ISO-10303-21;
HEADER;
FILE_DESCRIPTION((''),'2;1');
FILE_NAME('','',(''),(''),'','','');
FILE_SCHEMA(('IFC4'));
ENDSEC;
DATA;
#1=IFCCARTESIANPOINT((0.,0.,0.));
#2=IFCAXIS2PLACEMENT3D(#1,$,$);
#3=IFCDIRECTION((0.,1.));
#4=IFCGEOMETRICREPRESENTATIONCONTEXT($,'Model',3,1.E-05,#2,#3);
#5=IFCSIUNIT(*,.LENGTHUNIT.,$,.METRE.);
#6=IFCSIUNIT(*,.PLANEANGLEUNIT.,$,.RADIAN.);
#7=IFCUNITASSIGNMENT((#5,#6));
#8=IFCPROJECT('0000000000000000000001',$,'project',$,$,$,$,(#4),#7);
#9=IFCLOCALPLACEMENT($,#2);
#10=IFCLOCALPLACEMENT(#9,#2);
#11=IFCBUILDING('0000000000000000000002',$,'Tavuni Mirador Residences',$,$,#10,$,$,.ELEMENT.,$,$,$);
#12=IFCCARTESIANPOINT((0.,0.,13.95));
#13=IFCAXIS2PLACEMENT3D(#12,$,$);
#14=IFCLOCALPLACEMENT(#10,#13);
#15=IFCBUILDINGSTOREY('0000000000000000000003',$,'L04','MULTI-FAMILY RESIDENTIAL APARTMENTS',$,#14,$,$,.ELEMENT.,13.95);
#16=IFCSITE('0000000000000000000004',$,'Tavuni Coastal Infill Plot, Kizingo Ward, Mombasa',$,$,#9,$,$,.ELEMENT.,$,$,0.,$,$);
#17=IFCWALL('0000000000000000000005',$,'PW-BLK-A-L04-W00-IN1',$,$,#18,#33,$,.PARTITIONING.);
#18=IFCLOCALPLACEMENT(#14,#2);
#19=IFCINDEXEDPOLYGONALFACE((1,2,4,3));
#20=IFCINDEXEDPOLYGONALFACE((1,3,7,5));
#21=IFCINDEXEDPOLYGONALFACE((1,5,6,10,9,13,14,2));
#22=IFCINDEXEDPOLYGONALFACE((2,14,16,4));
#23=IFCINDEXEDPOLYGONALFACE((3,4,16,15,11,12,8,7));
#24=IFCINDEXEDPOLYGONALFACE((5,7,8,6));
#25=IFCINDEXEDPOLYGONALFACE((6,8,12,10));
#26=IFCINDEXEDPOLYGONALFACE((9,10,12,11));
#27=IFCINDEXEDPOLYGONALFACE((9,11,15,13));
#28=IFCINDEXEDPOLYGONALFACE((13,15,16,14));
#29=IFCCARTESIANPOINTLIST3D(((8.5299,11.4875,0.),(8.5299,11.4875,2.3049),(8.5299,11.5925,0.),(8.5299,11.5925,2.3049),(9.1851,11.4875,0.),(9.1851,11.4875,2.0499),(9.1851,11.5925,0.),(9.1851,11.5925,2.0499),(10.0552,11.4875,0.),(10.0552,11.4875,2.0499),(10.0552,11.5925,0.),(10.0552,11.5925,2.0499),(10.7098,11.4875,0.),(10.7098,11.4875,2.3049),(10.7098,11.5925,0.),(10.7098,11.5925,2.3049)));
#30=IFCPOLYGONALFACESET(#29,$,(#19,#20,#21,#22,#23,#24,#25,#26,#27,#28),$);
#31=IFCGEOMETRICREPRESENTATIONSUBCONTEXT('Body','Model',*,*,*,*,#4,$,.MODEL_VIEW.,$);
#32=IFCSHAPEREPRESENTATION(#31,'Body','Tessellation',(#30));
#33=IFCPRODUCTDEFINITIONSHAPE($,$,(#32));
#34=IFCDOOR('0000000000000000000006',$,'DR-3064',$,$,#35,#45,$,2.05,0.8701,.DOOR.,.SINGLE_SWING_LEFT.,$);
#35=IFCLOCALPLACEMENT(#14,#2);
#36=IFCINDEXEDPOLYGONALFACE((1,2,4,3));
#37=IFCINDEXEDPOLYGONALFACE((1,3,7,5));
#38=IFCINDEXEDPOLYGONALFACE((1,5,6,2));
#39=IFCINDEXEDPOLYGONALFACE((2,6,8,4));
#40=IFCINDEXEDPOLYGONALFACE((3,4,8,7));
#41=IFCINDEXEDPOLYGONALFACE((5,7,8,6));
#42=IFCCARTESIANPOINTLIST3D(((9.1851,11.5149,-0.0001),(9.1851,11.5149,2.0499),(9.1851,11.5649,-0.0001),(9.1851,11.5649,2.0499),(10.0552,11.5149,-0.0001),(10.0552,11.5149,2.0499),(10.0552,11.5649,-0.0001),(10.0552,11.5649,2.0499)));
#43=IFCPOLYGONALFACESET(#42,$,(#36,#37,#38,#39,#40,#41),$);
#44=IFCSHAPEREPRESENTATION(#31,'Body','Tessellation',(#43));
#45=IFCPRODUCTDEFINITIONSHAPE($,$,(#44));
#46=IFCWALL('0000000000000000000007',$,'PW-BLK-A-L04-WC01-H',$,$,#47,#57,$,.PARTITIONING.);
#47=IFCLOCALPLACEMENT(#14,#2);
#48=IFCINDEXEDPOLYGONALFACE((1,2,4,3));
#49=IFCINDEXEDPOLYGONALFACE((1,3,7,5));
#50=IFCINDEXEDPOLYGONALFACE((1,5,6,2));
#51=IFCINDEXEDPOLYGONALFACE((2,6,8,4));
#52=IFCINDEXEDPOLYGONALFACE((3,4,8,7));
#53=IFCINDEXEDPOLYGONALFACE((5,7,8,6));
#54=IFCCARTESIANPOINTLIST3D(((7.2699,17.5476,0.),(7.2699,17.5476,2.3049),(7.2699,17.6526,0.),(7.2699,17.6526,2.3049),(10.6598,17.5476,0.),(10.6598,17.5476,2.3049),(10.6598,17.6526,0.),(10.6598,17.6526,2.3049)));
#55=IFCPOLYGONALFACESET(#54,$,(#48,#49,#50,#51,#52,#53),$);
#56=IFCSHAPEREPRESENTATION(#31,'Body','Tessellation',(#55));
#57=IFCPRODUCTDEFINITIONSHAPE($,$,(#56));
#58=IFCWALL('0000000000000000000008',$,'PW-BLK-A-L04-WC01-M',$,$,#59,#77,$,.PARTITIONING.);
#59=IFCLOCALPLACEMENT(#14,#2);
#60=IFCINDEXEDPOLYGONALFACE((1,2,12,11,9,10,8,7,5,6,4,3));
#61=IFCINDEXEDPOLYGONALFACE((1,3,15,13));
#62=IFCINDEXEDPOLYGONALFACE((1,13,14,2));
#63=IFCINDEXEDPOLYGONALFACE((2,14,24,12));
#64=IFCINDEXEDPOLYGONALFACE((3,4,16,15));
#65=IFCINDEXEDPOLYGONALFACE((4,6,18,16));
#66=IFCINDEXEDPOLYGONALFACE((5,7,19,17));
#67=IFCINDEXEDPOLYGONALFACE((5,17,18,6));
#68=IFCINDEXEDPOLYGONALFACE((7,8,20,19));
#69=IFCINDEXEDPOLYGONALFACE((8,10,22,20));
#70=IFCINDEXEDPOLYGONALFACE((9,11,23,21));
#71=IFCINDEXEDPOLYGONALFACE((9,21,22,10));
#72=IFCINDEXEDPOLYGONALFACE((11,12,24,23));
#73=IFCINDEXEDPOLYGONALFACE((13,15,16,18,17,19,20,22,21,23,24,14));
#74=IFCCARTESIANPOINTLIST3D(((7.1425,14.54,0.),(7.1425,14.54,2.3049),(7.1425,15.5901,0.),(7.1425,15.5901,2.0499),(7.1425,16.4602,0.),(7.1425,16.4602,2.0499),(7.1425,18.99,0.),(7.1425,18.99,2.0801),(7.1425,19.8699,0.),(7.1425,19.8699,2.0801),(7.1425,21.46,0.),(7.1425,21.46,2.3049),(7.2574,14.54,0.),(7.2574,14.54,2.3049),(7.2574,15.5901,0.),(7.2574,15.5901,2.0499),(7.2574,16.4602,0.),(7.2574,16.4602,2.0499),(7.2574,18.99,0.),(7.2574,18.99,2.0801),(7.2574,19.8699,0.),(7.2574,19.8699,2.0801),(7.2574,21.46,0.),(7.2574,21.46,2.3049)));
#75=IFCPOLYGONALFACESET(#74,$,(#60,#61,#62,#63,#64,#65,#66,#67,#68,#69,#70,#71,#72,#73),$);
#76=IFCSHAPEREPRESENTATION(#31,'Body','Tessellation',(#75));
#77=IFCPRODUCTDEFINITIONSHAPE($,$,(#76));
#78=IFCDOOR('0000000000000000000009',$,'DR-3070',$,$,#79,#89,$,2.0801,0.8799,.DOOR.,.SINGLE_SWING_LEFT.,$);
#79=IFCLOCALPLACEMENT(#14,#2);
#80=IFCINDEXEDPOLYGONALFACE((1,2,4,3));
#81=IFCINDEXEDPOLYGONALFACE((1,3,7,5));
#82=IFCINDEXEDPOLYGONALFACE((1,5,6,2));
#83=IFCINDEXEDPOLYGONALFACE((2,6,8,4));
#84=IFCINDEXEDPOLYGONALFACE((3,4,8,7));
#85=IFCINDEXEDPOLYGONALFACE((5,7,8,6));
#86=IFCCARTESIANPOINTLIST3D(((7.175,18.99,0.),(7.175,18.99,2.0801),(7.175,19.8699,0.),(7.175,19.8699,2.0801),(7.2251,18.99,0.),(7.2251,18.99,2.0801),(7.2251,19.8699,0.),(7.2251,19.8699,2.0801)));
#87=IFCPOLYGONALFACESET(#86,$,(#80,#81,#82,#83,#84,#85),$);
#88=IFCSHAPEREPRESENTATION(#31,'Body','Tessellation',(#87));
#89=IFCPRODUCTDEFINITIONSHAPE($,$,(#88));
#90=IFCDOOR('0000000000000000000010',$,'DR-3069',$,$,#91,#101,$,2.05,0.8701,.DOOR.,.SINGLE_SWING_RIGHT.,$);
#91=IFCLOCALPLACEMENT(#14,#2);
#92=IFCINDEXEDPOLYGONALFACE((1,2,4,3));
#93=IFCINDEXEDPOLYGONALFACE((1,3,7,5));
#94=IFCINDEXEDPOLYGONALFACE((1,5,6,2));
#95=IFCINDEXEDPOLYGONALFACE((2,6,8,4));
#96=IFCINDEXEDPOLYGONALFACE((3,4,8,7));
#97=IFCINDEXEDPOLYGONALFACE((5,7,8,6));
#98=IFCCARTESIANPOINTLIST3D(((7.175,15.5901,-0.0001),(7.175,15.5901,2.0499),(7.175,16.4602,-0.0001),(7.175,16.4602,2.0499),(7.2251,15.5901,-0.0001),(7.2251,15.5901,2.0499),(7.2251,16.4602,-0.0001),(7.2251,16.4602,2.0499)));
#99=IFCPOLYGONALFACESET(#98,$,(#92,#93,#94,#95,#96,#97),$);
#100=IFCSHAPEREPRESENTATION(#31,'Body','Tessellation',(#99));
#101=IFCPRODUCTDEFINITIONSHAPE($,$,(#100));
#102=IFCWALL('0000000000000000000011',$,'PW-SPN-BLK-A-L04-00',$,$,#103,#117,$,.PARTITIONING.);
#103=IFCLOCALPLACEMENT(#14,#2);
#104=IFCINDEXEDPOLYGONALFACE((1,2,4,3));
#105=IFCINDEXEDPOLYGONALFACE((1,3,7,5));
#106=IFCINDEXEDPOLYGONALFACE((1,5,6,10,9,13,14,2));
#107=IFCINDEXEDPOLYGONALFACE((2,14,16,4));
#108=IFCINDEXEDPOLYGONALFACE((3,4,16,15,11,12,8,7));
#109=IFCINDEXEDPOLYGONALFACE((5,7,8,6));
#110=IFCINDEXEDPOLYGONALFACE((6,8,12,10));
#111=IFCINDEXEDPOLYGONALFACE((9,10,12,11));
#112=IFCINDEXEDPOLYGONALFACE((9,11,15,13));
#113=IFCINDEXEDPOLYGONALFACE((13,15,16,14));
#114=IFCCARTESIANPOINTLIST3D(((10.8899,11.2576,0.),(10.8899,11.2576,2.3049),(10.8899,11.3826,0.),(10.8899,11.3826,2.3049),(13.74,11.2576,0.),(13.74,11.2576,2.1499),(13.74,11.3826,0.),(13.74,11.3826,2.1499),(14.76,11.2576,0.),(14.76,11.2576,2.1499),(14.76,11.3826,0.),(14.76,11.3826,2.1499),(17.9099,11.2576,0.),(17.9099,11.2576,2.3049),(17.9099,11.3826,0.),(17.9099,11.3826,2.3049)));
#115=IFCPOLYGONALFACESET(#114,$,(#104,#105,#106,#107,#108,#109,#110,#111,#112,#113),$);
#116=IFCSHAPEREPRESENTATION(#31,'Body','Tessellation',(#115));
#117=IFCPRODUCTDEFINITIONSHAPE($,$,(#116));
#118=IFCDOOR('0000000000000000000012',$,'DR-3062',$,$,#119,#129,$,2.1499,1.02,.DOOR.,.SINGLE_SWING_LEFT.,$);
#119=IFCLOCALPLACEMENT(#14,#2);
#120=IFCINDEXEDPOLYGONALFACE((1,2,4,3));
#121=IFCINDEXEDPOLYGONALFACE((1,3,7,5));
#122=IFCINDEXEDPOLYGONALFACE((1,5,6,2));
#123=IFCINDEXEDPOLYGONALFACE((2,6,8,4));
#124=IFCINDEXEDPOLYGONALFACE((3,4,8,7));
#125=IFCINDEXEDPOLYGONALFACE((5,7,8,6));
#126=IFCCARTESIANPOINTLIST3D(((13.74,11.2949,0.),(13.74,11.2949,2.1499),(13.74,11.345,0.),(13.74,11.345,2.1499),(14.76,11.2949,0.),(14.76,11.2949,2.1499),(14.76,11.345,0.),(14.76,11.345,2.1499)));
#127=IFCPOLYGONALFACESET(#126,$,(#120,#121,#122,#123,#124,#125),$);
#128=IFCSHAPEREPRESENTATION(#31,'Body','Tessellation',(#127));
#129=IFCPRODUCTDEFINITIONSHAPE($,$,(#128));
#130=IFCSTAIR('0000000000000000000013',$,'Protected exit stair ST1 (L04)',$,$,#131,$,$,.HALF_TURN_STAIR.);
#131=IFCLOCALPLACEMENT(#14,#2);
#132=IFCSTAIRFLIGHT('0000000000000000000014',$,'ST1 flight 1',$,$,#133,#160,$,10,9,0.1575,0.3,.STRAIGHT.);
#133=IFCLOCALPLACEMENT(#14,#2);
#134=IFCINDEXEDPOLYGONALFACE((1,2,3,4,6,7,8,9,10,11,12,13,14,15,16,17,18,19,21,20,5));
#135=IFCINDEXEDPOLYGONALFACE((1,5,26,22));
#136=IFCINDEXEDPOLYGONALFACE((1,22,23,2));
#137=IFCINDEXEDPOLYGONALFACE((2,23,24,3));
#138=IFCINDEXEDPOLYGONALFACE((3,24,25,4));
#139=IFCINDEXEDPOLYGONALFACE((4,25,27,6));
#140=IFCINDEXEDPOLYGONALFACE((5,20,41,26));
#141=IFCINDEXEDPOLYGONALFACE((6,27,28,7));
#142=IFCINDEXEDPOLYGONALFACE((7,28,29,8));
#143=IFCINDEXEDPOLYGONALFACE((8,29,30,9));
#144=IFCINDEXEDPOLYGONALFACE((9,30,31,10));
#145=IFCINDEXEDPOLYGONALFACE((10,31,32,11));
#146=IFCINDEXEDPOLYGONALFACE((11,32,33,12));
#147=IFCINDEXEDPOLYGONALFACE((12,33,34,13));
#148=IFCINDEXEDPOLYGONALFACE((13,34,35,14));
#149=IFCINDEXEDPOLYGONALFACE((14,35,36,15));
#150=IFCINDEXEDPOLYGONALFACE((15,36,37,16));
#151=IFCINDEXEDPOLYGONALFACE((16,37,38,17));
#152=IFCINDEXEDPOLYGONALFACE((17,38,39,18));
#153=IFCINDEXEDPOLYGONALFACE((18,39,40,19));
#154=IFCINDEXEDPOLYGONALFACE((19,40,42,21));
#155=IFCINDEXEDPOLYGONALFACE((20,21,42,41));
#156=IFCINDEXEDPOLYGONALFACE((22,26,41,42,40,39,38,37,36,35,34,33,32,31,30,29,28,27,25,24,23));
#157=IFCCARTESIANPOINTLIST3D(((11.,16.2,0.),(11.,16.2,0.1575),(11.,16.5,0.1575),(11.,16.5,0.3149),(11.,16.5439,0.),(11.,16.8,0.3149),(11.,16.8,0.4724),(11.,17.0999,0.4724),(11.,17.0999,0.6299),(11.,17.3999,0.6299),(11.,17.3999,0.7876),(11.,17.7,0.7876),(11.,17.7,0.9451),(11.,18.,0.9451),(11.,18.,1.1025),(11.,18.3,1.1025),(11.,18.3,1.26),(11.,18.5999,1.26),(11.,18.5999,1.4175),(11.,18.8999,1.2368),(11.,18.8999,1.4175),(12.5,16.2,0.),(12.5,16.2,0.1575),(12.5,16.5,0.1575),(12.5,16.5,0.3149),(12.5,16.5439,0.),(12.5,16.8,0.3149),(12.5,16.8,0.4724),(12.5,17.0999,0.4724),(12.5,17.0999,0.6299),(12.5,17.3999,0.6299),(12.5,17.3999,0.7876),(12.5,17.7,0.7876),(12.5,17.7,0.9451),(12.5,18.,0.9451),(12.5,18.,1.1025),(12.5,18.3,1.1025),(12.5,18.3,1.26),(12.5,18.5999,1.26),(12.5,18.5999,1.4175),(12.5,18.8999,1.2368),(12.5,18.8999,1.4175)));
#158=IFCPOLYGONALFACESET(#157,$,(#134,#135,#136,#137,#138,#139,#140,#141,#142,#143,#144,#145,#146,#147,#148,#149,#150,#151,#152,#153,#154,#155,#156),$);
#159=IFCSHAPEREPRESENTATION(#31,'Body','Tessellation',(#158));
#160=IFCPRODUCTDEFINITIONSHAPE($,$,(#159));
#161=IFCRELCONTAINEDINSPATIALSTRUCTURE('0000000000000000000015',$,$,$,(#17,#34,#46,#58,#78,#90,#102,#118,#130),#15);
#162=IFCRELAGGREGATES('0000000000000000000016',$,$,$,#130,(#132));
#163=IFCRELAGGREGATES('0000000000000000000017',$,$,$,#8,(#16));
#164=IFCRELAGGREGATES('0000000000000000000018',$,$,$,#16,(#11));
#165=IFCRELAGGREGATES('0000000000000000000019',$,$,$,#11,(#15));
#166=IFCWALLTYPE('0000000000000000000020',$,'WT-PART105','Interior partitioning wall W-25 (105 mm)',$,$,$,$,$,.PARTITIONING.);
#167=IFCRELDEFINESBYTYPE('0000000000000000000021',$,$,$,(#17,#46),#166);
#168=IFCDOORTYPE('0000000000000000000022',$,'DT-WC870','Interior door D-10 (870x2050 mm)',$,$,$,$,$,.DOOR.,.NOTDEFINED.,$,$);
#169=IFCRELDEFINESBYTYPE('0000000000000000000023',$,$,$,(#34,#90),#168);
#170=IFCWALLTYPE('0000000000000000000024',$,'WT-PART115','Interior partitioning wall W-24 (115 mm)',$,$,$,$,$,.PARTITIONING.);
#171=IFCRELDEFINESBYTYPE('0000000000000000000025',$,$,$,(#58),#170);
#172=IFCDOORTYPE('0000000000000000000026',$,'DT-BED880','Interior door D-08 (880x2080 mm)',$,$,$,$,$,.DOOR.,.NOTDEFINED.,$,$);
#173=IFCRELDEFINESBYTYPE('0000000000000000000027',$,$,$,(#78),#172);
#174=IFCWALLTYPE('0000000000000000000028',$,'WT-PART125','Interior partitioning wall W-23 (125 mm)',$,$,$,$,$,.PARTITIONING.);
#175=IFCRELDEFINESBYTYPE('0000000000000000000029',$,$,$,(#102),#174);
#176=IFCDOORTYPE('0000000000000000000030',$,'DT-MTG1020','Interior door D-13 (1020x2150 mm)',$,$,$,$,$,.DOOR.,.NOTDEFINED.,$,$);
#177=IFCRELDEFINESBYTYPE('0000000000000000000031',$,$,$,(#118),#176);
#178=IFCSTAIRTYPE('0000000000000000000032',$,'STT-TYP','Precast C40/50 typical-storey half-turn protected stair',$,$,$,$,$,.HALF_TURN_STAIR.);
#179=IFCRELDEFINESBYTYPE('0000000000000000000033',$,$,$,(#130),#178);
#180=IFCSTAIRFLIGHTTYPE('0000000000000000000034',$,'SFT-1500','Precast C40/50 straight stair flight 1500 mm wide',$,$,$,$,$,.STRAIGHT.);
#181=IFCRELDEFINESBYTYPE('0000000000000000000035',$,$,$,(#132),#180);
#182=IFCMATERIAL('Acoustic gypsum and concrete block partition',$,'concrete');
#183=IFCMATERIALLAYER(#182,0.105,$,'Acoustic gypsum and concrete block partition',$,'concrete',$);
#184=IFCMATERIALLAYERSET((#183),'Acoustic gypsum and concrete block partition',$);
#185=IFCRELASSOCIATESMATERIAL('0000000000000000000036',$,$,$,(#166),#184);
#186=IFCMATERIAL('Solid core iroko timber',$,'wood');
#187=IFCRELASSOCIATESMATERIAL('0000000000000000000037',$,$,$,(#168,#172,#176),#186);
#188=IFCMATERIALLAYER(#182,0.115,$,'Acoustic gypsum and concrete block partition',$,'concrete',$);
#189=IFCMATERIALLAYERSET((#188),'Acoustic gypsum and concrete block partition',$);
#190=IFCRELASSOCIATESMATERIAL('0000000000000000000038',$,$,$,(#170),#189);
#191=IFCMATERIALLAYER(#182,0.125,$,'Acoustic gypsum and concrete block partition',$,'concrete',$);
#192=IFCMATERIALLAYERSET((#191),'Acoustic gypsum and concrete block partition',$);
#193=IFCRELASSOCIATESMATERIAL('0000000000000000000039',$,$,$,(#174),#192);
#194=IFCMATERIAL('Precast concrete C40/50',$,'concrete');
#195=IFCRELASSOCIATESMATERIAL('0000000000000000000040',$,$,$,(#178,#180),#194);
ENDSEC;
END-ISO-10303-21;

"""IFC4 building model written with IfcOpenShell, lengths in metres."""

from ifc_helpers import new_model, si_unit, direction, frame, frame_2d, origin, place, context, subcontext, project, spatial, polyline, rectangle, outline, extrude, material, layer, layer_set, type_object, element, fill, aggregate, save


model = new_model("IFC4")

# Units and contexts
model_context = context("Model", 3, precision=1e-05, world=origin(), true_north=direction((0.0, 1.0)))
body_context = subcontext(model_context, "Body", "Model", "MODEL_VIEW")
ifc_project = project(units=[si_unit("LENGTHUNIT", "METRE"), si_unit("PLANEANGLEUNIT", "RADIAN")], contexts=[model_context])

# Site, building, storey
site_placement = place(None, origin())
site = spatial("IfcSite", under=ifc_project, at=site_placement, Name="Tavuni Coastal Infill Plot, Kizingo Ward, Mombasa", CompositionType="ELEMENT", RefElevation=0.0)
building_placement = place(site_placement, origin())
building = spatial("IfcBuilding", under=site, at=building_placement, Name="Tavuni Mirador Residences", CompositionType="ELEMENT")
storey_placement = place(building_placement, frame((0.0, 0.0, 13.95)))
storey = spatial("IfcBuildingStorey", under=building, at=storey_placement, Name="L04", Description="MULTI-FAMILY RESIDENTIAL APARTMENTS", CompositionType="ELEMENT", Elevation=13.95)

# Shared definitions
ifc_material_1 = material(Name="Precast concrete C40/50", Category="concrete")

# Shared definitions
ifc_material_2 = material(Name="Solid core iroko timber", Category="wood")

# Wall, opening, door
ifc_material_3 = material(Name="Acoustic gypsum and concrete block partition", Category="concrete")
ifc_layer_1 = layer(ifc_material_3, 0.105, Name="Acoustic gypsum and concrete block partition", Category="concrete")
ifc_layer_set_1 = layer_set([ifc_layer_1], Name="Acoustic gypsum and concrete block partition")
wall_type_1 = type_object("IfcWallType", Name="WT-PART105", Description="Interior partitioning wall W-25 (105 mm)", PredefinedType="PARTITIONING", material=ifc_layer_set_1)
wall_1_placement = place(storey_placement, frame((8.53, 11.54, 0.0), z_axis=(0.0, 0.0, 1.0), x_axis=(1.0, 0.0, 0.0)))
wall_1 = element("IfcWall", 1, at=wall_1_placement, inside=storey, type_object=wall_type_1, Name="PW-BLK-A-L04-W00-IN1", PredefinedType="PARTITIONING", context=body_context, shape_type="SweptSolid", body=[
    extrude(rectangle(XDim=2.1799, YDim=0.105, at=frame_2d((1.0898, 0.0))), origin(), (0.0, 0.0, 1.0), 2.3049),
])
opening_1_placement = place(wall_1_placement, frame((0.655, 0.0, 0.0)))
opening_1 = element("IfcOpeningElement", 2, at=opening_1_placement, cuts=wall_1, PredefinedType="OPENING", context=body_context, shape_type="SweptSolid", body=[
    extrude(rectangle(XDim=0.8701, YDim=2.05, at=frame_2d((0.4351, 1.0249))), frame((0.0, 0.0625, 0.0), z_axis=(0.0, -1.0, 0.0), x_axis=(1.0, 0.0, 0.0)), (0.0, 0.0, 1.0), 0.125),
])
door_type_1 = type_object("IfcDoorType", Name="DT-WC870", Description="Interior door D-10 (870x2050 mm)", OperationType="NOTDEFINED", PredefinedType="DOOR", material=ifc_material_2)
door_1_placement = place(opening_1_placement, origin())
door_1 = element("IfcDoor", 3, at=door_1_placement, inside=storey, type_object=door_type_1, Name="DR-3064", OperationType="SINGLE_SWING_LEFT", OverallHeight=2.05, OverallWidth=0.8701, PredefinedType="DOOR", context=body_context, shape_type="SweptSolid", body=[
    extrude(rectangle(XDim=0.8701, YDim=2.05, at=frame_2d((0.4351, 1.0249))), frame((0.0, 0.0249, 0.0), z_axis=(0.0, -1.0, 0.0), x_axis=(1.0, 0.0, 0.0)), (0.0, 0.0, 1.0), 0.05),
])
fill(opening_1, door_1)

# Wall
wall_2_placement = place(storey_placement, frame((7.27, 17.6001, 0.0), z_axis=(0.0, 0.0, 1.0), x_axis=(1.0, 0.0, 0.0)))
element("IfcWall", 4, at=wall_2_placement, inside=storey, type_object=wall_type_1, Name="PW-BLK-A-L04-WC01-H", PredefinedType="PARTITIONING", context=body_context, shape_type="SweptSolid", body=[
    extrude(rectangle(XDim=3.3899, YDim=0.105, at=frame_2d((1.6948, 0.0))), origin(), (0.0, 0.0, 1.0), 2.3049),
])

# Wall, openings, doors
ifc_layer_2 = layer(ifc_material_3, 0.115, Name="Acoustic gypsum and concrete block partition", Category="concrete")
ifc_layer_set_2 = layer_set([ifc_layer_2], Name="Acoustic gypsum and concrete block partition")
wall_type_2 = type_object("IfcWallType", Name="WT-PART115", Description="Interior partitioning wall W-24 (115 mm)", PredefinedType="PARTITIONING", material=ifc_layer_set_2)
wall_3_placement = place(storey_placement, frame((7.2, 14.54, 0.0), z_axis=(0.0, 0.0, 1.0), x_axis=(0.0, 1.0, 0.0)))
wall_3 = element("IfcWall", 5, at=wall_3_placement, inside=storey, type_object=wall_type_2, Name="PW-BLK-A-L04-WC01-M", PredefinedType="PARTITIONING", context=body_context, shape_type="SweptSolid", body=[
    extrude(rectangle(XDim=6.9199, YDim=0.115, at=frame_2d((3.46, 0.0))), origin(), (0.0, 0.0, 1.0), 2.3049),
])
opening_2_placement = place(wall_3_placement, frame((1.05, 0.0, 0.0)))
opening_2 = element("IfcOpeningElement", 6, at=opening_2_placement, cuts=wall_3, PredefinedType="OPENING", context=body_context, shape_type="SweptSolid", body=[
    extrude(rectangle(XDim=0.8701, YDim=2.05, at=frame_2d((0.4351, 1.0249))), frame((0.0, 0.0674, 0.0), z_axis=(0.0, -1.0, 0.0), x_axis=(1.0, 0.0, 0.0)), (0.0, 0.0, 1.0), 0.135),
])
opening_3_placement = place(wall_3_placement, frame((4.45, 0.0, 0.0)))
opening_3 = element("IfcOpeningElement", 7, at=opening_3_placement, cuts=wall_3, PredefinedType="OPENING", context=body_context, shape_type="SweptSolid", body=[
    extrude(rectangle(XDim=0.8799, YDim=2.0801, at=frame_2d((0.4399, 1.04))), frame((0.0, 0.0674, 0.0), z_axis=(0.0, -1.0, 0.0), x_axis=(1.0, 0.0, 0.0)), (0.0, 0.0, 1.0), 0.135),
])
door_type_2 = type_object("IfcDoorType", Name="DT-BED880", Description="Interior door D-08 (880x2080 mm)", OperationType="NOTDEFINED", PredefinedType="DOOR", material=ifc_material_2)
door_2_placement = place(opening_3_placement, origin())
door_2 = element("IfcDoor", 8, at=door_2_placement, inside=storey, type_object=door_type_2, Name="DR-3070", OperationType="SINGLE_SWING_LEFT", OverallHeight=2.0801, OverallWidth=0.8799, PredefinedType="DOOR", context=body_context, shape_type="SweptSolid", body=[
    extrude(rectangle(XDim=0.8799, YDim=2.0801, at=frame_2d((0.4399, 1.04))), frame((0.0, 0.0249, 0.0), z_axis=(0.0, -1.0, 0.0), x_axis=(1.0, 0.0, 0.0)), (0.0, 0.0, 1.0), 0.05),
])
fill(opening_3, door_2)
door_3_placement = place(opening_2_placement, origin())
door_3 = element("IfcDoor", 9, at=door_3_placement, inside=storey, type_object=door_type_1, Name="DR-3069", OperationType="SINGLE_SWING_RIGHT", OverallHeight=2.05, OverallWidth=0.8701, PredefinedType="DOOR", context=body_context, shape_type="SweptSolid", body=[
    extrude(rectangle(XDim=0.8701, YDim=2.05, at=frame_2d((0.4351, 1.0249))), frame((0.0, 0.0249, 0.0), z_axis=(0.0, -1.0, 0.0), x_axis=(1.0, 0.0, 0.0)), (0.0, 0.0, 1.0), 0.05),
])
fill(opening_2, door_3)

# Wall, opening, door
ifc_layer_3 = layer(ifc_material_3, 0.125, Name="Acoustic gypsum and concrete block partition", Category="concrete")
ifc_layer_set_3 = layer_set([ifc_layer_3], Name="Acoustic gypsum and concrete block partition")
wall_type_3 = type_object("IfcWallType", Name="WT-PART125", Description="Interior partitioning wall W-23 (125 mm)", PredefinedType="PARTITIONING", material=ifc_layer_set_3)
wall_4_placement = place(storey_placement, frame((10.8899, 11.3201, 0.0), z_axis=(0.0, 0.0, 1.0), x_axis=(1.0, 0.0, 0.0)))
wall_4 = element("IfcWall", 10, at=wall_4_placement, inside=storey, type_object=wall_type_3, Name="PW-SPN-BLK-A-L04-00", PredefinedType="PARTITIONING", context=body_context, shape_type="SweptSolid", body=[
    extrude(rectangle(XDim=7.02, YDim=0.125, at=frame_2d((3.51, 0.0))), origin(), (0.0, 0.0, 1.0), 2.3049),
])
opening_4_placement = place(wall_4_placement, frame((2.8501, 0.0, 0.0)))
opening_4 = element("IfcOpeningElement", 11, at=opening_4_placement, cuts=wall_4, PredefinedType="OPENING", context=body_context, shape_type="SweptSolid", body=[
    extrude(rectangle(XDim=1.02, YDim=2.1499, at=frame_2d((0.51, 1.075))), frame((0.0, 0.0725, 0.0), z_axis=(0.0, -1.0, 0.0), x_axis=(1.0, 0.0, 0.0)), (0.0, 0.0, 1.0), 0.145),
])
door_type_3 = type_object("IfcDoorType", Name="DT-MTG1020", Description="Interior door D-13 (1020x2150 mm)", OperationType="NOTDEFINED", PredefinedType="DOOR", material=ifc_material_2)
door_4_placement = place(opening_4_placement, origin())
door_4 = element("IfcDoor", 12, at=door_4_placement, inside=storey, type_object=door_type_3, Name="DR-3062", OperationType="SINGLE_SWING_LEFT", OverallHeight=2.1499, OverallWidth=1.02, PredefinedType="DOOR", context=body_context, shape_type="SweptSolid", body=[
    extrude(rectangle(XDim=1.02, YDim=2.1499, at=frame_2d((0.51, 1.075))), frame((0.0, 0.0249, 0.0), z_axis=(0.0, -1.0, 0.0), x_axis=(1.0, 0.0, 0.0)), (0.0, 0.0, 1.0), 0.05),
])
fill(opening_4, door_4)

# Stair, stair flight
stair_type = type_object("IfcStairType", Name="STT-TYP", Description="Precast C40/50 typical-storey half-turn protected stair", PredefinedType="HALF_TURN_STAIR", material=ifc_material_1)
stair_placement = place(storey_placement, origin())
stair = element("IfcStair", 13, at=stair_placement, inside=storey, type_object=stair_type, Name="Protected exit stair ST1 (L04)", PredefinedType="HALF_TURN_STAIR")
stair_flight_type = type_object("IfcStairFlightType", Name="SFT-1500", Description="Precast C40/50 straight stair flight 1500 mm wide", PredefinedType="STRAIGHT", material=ifc_material_1)
stair_flight_1_placement = place(storey_placement, frame((11.75, 16.2, 0.0), z_axis=(0.0, 0.0, 1.0), x_axis=(0.0, 1.0, 0.0)))
stair_flight_1 = element("IfcStairFlight", 14, at=stair_flight_1_placement, type_object=stair_flight_type, Name="ST1 flight 1", NumberOfRisers=10, NumberOfTreads=9, PredefinedType="STRAIGHT", RiserHeight=0.1575, TreadLength=0.3, context=body_context, shape_type="SweptSolid", body=[
    extrude(outline(polyline([(0.0, 0.0), (0.0, 0.1575), (0.3, 0.1575), (0.3, 0.3149), (0.6001, 0.3149), (0.6001, 0.4724), (0.8999, 0.4724), (0.8999, 0.6299), (1.2, 0.6299), (1.2, 0.7876), (1.5, 0.7876), (1.5, 0.9451), (1.8, 0.9451), (1.8, 1.1025), (2.1001, 1.1025), (2.1001, 1.26), (2.3999, 1.26), (2.3999, 1.4175), (2.7, 1.4175), (2.7, 1.575), (2.7, 1.2368), (0.344, 0.0), (0.0, 0.0)])), frame((0.0, 0.75, 0.0), z_axis=(0.0, -1.0, 0.0), x_axis=(1.0, 0.0, 0.0)), (0.0, 0.0, 1.0), 1.5),
])
aggregate(stair, [stair_flight_1])

save(model, "model.ifc")
